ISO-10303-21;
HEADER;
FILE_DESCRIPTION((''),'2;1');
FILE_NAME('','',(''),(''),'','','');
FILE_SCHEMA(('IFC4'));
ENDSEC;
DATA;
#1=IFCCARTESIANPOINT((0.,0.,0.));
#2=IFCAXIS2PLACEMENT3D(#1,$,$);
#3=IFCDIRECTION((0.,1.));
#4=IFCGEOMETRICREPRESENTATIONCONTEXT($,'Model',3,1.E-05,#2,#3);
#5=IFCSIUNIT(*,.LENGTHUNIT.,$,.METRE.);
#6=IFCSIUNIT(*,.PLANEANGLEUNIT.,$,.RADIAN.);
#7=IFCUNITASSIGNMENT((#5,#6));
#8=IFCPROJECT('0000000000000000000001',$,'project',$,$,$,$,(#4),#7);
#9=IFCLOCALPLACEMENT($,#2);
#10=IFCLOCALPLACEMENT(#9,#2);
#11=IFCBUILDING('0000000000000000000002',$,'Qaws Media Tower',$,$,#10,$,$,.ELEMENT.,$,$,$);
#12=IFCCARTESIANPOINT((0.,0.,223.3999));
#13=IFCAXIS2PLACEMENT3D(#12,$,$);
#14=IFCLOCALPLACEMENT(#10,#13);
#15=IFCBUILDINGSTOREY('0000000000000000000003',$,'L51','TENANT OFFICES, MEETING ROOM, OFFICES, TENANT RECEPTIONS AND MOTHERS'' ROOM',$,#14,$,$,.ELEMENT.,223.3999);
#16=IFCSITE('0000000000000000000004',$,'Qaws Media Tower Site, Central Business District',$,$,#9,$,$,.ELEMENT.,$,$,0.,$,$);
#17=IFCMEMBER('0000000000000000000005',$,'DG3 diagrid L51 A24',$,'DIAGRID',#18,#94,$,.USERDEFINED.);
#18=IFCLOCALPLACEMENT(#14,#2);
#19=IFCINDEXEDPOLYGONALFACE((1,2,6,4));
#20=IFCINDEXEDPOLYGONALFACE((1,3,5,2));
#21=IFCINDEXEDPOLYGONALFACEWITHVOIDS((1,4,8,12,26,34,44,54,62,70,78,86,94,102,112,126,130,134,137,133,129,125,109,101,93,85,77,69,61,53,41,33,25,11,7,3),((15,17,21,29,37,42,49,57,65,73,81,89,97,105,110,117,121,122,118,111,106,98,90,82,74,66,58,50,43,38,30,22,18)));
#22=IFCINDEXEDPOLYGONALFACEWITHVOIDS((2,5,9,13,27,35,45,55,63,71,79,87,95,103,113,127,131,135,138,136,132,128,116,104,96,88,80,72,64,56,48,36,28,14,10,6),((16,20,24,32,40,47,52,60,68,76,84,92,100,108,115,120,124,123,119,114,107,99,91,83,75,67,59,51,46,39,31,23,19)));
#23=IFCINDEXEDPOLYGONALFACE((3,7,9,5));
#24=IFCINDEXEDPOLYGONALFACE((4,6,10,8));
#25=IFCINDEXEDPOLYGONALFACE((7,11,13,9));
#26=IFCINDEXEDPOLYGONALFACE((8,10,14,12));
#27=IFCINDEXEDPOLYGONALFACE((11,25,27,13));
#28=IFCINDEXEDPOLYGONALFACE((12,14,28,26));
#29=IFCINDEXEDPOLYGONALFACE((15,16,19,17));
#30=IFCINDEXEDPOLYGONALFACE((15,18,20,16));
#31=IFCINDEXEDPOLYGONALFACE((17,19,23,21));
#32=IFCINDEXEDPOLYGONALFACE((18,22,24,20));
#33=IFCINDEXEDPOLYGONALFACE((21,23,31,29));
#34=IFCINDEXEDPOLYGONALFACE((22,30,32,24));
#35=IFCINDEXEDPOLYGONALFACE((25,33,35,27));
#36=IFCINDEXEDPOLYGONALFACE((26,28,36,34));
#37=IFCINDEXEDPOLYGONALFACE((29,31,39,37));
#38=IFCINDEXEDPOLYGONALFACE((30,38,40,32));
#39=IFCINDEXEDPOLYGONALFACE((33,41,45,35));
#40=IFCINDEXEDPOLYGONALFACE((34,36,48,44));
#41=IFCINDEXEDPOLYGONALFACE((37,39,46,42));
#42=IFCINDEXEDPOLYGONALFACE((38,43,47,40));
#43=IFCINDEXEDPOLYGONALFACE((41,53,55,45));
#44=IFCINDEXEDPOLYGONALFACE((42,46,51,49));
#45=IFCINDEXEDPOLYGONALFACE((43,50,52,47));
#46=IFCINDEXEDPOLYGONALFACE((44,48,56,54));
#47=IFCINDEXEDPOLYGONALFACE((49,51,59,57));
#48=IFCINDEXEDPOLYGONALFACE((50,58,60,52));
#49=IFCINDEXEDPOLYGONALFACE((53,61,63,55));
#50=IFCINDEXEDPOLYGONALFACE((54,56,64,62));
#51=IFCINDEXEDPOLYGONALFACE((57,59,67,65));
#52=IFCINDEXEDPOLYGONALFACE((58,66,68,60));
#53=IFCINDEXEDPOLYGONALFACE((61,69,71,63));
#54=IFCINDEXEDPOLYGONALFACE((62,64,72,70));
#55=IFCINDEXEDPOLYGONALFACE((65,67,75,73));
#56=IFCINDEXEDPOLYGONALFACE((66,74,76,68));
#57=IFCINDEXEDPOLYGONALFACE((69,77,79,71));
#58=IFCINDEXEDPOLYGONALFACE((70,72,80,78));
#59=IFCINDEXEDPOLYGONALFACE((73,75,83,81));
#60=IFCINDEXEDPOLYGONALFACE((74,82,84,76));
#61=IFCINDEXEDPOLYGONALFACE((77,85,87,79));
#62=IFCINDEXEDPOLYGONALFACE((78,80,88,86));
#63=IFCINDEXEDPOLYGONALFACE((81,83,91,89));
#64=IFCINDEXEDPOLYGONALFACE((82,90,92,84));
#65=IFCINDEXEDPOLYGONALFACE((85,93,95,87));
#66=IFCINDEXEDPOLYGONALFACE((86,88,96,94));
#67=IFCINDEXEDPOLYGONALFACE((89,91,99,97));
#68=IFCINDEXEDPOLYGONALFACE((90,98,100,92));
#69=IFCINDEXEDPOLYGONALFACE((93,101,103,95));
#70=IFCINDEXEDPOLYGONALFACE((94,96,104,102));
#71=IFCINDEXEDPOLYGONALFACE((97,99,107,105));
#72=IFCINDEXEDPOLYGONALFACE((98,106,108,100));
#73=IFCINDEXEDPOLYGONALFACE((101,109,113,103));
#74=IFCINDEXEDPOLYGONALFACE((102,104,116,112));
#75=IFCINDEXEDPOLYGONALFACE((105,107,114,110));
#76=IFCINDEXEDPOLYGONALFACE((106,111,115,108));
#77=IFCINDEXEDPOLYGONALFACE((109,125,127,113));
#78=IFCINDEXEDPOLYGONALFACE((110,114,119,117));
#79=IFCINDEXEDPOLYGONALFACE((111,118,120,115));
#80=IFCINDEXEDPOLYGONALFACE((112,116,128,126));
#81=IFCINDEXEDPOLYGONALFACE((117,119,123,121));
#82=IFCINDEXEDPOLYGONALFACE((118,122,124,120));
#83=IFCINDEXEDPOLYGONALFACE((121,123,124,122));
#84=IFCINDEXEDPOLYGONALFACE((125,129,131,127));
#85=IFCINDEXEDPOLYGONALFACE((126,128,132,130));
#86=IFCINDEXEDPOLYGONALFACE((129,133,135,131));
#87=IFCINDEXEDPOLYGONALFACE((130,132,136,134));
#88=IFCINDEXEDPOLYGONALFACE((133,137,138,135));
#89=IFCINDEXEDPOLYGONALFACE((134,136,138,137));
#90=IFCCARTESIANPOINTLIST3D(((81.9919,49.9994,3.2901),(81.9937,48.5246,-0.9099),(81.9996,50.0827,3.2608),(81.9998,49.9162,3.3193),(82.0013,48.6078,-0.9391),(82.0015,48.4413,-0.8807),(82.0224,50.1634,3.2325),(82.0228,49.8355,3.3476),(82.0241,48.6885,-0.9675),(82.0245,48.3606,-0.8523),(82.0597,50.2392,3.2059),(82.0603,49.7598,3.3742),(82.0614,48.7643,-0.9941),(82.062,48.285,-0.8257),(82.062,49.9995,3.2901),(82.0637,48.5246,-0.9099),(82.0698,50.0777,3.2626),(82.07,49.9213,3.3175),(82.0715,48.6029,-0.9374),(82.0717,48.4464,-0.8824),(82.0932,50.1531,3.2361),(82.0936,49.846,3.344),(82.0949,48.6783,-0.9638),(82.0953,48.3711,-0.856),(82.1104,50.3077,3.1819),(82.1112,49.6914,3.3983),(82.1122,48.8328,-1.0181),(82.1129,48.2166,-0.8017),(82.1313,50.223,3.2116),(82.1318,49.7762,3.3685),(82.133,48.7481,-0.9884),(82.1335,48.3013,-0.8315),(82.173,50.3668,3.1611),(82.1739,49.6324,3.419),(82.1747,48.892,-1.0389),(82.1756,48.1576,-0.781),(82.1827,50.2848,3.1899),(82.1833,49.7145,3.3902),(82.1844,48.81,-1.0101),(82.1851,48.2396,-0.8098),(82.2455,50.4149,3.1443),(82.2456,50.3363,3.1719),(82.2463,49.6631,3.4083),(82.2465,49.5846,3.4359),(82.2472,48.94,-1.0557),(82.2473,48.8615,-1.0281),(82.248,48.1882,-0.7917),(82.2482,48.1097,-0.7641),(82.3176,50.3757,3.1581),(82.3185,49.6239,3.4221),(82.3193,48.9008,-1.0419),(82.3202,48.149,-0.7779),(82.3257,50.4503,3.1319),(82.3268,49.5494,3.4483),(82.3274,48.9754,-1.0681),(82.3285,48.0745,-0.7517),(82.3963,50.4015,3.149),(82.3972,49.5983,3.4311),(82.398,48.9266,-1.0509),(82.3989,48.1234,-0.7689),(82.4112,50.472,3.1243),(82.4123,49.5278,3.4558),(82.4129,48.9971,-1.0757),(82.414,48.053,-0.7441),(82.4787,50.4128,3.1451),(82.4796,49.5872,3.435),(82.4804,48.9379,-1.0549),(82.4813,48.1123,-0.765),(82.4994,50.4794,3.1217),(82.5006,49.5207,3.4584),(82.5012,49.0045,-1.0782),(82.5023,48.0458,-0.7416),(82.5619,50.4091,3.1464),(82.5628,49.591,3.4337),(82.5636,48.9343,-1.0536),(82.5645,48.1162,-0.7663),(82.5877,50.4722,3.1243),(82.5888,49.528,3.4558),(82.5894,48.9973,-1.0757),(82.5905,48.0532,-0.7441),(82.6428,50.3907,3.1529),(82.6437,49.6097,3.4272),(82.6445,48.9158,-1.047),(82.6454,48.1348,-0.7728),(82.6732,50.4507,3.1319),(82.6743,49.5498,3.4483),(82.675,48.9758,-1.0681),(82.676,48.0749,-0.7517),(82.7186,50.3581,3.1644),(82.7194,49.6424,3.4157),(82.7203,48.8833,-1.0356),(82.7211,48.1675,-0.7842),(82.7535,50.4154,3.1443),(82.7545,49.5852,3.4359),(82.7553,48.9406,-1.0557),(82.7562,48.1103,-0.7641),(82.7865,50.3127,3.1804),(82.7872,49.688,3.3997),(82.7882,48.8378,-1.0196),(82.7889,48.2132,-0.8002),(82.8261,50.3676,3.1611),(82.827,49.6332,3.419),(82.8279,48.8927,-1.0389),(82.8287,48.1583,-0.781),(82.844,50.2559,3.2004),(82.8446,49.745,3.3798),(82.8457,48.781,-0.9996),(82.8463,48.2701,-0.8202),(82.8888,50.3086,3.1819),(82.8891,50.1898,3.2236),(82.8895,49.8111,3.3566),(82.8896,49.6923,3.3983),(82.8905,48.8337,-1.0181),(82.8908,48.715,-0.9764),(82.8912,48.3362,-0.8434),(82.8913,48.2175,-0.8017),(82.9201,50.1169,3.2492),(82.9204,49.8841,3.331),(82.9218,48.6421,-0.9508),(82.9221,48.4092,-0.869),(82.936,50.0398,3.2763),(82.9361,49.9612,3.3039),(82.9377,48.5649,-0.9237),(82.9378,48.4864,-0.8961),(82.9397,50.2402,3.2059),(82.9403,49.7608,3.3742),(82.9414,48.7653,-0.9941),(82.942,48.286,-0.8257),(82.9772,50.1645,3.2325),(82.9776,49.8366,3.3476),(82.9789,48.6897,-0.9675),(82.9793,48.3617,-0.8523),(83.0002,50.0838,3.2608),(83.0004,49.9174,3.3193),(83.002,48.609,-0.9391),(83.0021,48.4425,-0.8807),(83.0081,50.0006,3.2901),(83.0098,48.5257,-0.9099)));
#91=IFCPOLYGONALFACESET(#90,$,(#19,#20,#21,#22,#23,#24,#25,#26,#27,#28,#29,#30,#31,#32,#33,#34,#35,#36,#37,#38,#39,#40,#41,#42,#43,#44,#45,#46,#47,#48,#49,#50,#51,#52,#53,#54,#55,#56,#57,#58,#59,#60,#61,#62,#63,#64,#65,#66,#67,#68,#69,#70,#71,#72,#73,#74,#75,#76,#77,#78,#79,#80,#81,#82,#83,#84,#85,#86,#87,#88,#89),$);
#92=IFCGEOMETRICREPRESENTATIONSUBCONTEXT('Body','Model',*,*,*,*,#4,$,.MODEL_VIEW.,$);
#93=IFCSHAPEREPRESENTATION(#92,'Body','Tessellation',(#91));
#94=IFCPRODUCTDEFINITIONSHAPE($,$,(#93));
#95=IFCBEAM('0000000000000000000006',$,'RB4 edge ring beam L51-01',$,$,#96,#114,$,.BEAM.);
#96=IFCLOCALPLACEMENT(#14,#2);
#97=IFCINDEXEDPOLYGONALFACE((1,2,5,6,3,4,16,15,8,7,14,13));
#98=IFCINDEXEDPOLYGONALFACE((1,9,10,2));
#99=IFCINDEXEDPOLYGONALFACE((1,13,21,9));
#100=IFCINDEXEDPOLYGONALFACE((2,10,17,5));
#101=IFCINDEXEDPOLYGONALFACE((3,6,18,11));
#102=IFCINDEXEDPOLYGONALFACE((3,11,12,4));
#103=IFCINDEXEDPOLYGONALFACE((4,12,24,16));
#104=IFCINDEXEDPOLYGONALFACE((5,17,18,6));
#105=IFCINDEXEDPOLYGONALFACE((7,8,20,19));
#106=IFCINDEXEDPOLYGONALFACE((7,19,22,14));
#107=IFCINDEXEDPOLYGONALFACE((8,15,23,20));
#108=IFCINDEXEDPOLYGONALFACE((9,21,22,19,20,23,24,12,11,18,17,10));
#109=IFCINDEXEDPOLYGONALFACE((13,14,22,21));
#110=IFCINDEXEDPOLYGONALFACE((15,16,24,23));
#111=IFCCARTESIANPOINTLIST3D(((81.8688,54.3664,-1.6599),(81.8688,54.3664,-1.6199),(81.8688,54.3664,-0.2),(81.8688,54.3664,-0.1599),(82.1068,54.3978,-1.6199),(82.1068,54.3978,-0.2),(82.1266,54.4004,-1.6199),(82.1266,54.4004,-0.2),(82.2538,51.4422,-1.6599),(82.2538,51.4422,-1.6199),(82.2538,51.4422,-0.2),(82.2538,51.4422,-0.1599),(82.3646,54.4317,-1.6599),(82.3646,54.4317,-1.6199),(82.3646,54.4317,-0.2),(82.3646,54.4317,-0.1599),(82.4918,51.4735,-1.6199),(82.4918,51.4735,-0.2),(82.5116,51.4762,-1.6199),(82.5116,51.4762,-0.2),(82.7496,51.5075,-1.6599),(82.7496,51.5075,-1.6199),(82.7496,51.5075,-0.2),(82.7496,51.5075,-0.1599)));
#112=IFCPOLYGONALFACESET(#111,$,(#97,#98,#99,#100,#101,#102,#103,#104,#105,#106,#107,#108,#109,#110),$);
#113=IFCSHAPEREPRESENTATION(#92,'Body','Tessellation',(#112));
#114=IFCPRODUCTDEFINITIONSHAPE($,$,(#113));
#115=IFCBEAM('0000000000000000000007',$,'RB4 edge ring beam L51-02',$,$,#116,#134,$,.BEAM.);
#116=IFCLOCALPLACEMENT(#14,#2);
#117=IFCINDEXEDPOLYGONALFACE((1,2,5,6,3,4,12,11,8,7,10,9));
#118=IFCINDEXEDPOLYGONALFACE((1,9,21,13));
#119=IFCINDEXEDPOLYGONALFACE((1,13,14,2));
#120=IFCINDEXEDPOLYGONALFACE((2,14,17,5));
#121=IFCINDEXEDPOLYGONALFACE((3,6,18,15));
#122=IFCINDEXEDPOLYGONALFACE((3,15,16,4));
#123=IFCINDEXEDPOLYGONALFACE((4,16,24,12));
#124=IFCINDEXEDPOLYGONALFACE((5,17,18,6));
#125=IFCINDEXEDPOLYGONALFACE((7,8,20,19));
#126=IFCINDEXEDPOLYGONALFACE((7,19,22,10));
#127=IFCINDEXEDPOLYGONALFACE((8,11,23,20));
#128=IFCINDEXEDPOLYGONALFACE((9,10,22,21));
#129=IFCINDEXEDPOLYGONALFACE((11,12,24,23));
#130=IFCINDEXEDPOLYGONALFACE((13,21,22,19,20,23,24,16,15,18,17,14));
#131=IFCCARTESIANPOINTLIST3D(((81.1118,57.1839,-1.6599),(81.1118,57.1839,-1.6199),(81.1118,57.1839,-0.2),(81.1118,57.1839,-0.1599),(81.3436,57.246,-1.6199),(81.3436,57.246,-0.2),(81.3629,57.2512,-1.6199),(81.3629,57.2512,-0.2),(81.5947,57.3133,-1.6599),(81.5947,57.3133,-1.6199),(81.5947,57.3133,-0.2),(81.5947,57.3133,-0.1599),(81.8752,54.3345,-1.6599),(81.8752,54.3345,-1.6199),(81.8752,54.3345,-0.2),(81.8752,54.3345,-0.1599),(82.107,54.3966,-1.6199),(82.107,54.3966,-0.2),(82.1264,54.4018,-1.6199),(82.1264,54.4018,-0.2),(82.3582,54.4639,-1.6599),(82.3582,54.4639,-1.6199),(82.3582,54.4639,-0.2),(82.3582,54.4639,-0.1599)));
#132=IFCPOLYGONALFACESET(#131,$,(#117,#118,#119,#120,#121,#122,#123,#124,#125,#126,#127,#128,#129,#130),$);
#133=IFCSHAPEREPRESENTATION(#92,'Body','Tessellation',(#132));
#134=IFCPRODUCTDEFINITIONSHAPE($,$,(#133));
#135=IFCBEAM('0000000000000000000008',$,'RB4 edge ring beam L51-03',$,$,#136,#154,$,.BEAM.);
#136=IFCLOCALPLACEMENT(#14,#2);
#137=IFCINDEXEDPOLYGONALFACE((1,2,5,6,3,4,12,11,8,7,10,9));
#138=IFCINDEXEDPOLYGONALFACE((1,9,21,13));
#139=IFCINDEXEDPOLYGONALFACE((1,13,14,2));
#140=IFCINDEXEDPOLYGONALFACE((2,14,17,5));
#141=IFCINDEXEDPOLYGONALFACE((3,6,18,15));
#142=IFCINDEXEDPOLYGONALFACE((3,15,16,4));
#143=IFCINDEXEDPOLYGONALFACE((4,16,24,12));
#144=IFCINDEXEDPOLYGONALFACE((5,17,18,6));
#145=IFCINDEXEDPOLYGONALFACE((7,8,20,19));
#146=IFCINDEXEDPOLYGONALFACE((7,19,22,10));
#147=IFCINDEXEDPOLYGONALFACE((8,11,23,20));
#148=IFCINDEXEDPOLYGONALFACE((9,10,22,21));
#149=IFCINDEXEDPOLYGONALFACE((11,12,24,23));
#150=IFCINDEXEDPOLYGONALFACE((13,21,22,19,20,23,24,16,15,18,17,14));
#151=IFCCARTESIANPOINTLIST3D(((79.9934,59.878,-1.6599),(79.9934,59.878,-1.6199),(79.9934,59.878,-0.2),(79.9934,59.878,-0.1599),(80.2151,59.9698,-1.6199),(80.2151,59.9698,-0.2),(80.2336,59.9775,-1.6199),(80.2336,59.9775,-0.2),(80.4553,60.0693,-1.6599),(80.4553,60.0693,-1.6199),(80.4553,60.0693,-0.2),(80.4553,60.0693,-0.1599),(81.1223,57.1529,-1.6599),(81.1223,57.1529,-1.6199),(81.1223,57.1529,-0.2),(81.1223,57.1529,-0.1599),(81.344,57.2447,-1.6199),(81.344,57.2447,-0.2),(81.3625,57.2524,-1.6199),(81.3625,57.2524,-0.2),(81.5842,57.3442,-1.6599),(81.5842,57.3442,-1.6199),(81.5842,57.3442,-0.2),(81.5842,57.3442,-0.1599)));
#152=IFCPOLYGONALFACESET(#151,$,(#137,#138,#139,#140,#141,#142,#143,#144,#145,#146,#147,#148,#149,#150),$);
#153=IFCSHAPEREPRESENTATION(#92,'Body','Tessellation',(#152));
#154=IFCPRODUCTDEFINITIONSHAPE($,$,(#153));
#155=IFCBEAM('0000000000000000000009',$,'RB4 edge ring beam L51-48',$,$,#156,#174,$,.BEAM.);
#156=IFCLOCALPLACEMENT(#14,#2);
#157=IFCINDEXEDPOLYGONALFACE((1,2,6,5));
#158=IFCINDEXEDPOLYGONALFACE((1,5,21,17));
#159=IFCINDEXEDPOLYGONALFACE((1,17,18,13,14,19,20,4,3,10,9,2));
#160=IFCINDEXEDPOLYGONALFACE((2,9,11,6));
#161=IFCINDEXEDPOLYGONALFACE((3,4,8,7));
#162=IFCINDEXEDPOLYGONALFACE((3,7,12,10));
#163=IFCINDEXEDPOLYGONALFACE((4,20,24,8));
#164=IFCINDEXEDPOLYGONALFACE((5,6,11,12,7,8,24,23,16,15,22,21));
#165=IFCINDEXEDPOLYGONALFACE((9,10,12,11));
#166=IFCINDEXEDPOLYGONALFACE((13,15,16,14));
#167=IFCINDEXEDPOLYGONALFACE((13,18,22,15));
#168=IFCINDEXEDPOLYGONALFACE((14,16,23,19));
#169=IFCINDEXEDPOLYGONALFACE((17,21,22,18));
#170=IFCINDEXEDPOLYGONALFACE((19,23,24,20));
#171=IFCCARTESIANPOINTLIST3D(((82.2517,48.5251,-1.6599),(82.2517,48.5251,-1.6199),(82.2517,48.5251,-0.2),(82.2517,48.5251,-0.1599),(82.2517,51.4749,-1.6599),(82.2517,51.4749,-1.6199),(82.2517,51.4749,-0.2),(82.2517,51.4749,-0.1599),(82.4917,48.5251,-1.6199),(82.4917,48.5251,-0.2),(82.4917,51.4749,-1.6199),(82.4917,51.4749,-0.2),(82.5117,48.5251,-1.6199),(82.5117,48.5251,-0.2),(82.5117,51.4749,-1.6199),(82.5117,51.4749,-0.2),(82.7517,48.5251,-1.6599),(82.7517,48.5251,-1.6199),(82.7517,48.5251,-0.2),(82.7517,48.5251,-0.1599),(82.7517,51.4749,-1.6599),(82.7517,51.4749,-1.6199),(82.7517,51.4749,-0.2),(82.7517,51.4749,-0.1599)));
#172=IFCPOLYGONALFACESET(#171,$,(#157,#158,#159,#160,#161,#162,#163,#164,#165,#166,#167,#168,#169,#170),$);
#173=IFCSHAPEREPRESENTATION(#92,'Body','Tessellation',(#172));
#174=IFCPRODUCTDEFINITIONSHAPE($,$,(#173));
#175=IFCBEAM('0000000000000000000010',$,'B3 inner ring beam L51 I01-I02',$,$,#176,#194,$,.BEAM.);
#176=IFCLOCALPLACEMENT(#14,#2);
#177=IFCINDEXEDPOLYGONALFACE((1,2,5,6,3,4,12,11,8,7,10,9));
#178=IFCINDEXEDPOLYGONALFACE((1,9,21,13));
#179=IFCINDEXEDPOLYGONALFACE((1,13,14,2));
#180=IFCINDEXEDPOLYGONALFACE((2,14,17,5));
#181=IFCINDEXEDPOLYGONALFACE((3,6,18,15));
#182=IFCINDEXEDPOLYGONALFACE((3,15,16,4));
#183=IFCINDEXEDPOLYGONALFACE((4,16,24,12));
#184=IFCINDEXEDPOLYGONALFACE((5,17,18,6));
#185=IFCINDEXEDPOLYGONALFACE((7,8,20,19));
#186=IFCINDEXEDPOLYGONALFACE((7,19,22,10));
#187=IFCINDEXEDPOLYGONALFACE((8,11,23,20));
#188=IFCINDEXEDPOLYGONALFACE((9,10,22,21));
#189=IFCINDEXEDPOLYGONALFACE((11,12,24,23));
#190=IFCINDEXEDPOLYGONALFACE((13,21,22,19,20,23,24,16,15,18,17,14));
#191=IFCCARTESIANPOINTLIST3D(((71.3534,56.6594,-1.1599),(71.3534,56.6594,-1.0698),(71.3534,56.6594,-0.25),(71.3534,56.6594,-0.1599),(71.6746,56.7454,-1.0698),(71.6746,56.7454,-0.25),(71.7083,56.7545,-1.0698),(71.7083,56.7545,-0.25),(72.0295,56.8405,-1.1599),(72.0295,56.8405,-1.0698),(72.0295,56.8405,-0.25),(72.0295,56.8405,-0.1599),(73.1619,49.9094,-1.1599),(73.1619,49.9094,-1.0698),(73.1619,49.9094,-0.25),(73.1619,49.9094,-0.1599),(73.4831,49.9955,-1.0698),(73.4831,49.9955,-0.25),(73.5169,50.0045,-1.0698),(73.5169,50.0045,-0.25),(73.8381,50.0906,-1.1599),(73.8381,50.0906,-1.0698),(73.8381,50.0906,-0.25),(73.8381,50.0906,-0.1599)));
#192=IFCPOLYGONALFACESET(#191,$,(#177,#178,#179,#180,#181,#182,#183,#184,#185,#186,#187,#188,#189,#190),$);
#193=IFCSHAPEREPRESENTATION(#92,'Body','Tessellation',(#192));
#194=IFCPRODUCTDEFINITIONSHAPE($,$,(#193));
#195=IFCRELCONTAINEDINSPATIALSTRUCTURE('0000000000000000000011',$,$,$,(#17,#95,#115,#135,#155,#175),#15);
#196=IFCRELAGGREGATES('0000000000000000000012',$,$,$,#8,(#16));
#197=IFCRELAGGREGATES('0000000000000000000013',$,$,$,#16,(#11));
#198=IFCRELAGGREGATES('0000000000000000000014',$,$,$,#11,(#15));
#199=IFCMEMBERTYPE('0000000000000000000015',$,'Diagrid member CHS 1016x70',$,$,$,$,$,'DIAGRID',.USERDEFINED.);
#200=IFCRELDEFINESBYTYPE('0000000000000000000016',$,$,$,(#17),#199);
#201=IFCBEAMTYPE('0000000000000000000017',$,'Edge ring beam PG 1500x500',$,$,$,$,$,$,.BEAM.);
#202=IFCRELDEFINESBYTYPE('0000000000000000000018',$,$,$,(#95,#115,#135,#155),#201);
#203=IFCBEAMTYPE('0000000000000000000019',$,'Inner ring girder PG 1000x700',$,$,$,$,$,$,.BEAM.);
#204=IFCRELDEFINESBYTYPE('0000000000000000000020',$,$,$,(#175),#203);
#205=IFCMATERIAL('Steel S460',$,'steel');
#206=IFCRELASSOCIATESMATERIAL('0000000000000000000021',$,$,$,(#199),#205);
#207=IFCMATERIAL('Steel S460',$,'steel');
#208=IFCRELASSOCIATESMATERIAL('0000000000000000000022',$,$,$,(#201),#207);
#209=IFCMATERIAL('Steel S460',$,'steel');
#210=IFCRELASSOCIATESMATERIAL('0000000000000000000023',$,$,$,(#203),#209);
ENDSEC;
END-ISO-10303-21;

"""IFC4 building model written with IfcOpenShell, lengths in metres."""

from ifc_helpers import new_model, si_unit, direction, frame, origin, origin_2d, place, context, subcontext, project, spatial, hollow_circle, i_section, extrude, material, material_profile, profile_set, type_object, element, save


model = new_model("IFC4")

# Units and contexts
model_context = context("Model", 3, precision=1e-05, world=origin(), true_north=direction((0.0, 1.0)))
body_context = subcontext(model_context, "Body", "Model", "MODEL_VIEW")
ifc_project = project(units=[si_unit("LENGTHUNIT", "METRE"), si_unit("PLANEANGLEUNIT", "RADIAN")], contexts=[model_context])

# Site, building, storey
site_placement = place(None, origin())
site = spatial("IfcSite", under=ifc_project, at=site_placement, Name="Qaws Media Tower Site, Central Business District", CompositionType="ELEMENT", RefElevation=0.0)
building_placement = place(site_placement, origin())
building = spatial("IfcBuilding", under=site, at=building_placement, Name="Qaws Media Tower", CompositionType="ELEMENT")
storey_placement = place(building_placement, frame((0.0, 0.0, 223.3999)))
storey = spatial("IfcBuildingStorey", under=building, at=storey_placement, Name="L51", Description="TENANT OFFICES, MEETING ROOM, OFFICES, TENANT RECEPTIONS AND MOTHERS' ROOM", CompositionType="ELEMENT", Elevation=223.3999)

# Member
ifc_material_1 = material(Name="Steel S460", Category="steel")
ifc_material_profile_1 = material_profile(ifc_material_1, hollow_circle(Radius=0.5081, WallThickness=0.0701, at=origin_2d()), Name="CHS 1016x70")
ifc_profile_set_1 = profile_set([ifc_material_profile_1], Name="Steel S460")
member_type_1 = type_object("IfcMemberType", Name="Diagrid member CHS 1016x70", ElementType="DIAGRID", PredefinedType="USERDEFINED", material=ifc_profile_set_1)
for number, where, z_axis, x_axis, name in (
    (1, (82.5017, 48.5251, -0.9099), (-0.000384, 0.331325, 0.943517), (-0.999999, -0.001159, 0.0), "DG3 diagrid L51 A24"),
):
    element("IfcMember", number, at=place(storey_placement, frame(where, z_axis=z_axis, x_axis=x_axis)), inside=storey, type_object=member_type_1, Name=name, ObjectType="DIAGRID", PredefinedType="USERDEFINED", context=body_context, shape_type="SweptSolid", body=[
        extrude(hollow_circle(Radius=0.5081, WallThickness=0.0701, at=origin_2d()), origin(), (0.0, 0.0, 1.0), 4.4514),
    ])

# Beams
ifc_material_2 = material(Name="Steel S460", Category="steel")
ifc_material_profile_2 = material_profile(ifc_material_2, i_section(OverallWidth=0.5, OverallDepth=1.5, WebThickness=0.02, FlangeThickness=0.04, at=origin_2d()), Name="PG 1500x500")
ifc_profile_set_2 = profile_set([ifc_material_profile_2], Name="Steel S460")
beam_type_1 = type_object("IfcBeamType", Name="Edge ring beam PG 1500x500", PredefinedType="BEAM", material=ifc_profile_set_2)
beam_1_placement = place(storey_placement, frame((82.5017, 51.4749, -0.9099), z_axis=(-0.130532, 0.991444, 0.0), x_axis=(-0.991444, -0.130532, 0.0)))
element("IfcBeam", 2, at=beam_1_placement, inside=storey, type_object=beam_type_1, Name="RB4 edge ring beam L51-01", PredefinedType="BEAM", context=body_context, shape_type="SweptSolid", body=[
    extrude(i_section(OverallWidth=0.5, OverallDepth=1.5, WebThickness=0.02, FlangeThickness=0.04, at=origin_2d()), origin(), (0.0, 0.0, 1.0), 2.9495),
])
beam_2_placement = place(storey_placement, frame((82.1167, 54.3992, -0.9099), z_axis=(-0.258801, 0.965931, 0.0), x_axis=(-0.965931, -0.258801, 0.0)))
element("IfcBeam", 3, at=beam_2_placement, inside=storey, type_object=beam_type_1, Name="RB4 edge ring beam L51-02", PredefinedType="BEAM", context=body_context, shape_type="SweptSolid", body=[
    extrude(i_section(OverallWidth=0.5, OverallDepth=1.5, WebThickness=0.02, FlangeThickness=0.04, at=origin_2d()), origin(), (0.0, 0.0, 1.0), 2.95),
])
for number, where, z_axis, x_axis, name in (
    (4, (81.3533, 57.2485, -0.9099), (-0.382722, 0.923863, 0.0), (-0.923863, -0.382722, 0.0), "RB4 edge ring beam L51-03"),
    (5, (82.5017, 48.5251, -0.9099), (0.0, 1.0, 0.0), (-1.0, 0.0, 0.0), "RB4 edge ring beam L51-48"),
):
    element("IfcBeam", number, at=place(storey_placement, frame(where, z_axis=z_axis, x_axis=x_axis)), inside=storey, type_object=beam_type_1, Name=name, PredefinedType="BEAM", context=body_context, shape_type="SweptSolid", body=[
        extrude(i_section(OverallWidth=0.5, OverallDepth=1.5, WebThickness=0.02, FlangeThickness=0.04, at=origin_2d()), origin(), (0.0, 0.0, 1.0), 2.9497),
    ])
ifc_material_3 = material(Name="Steel S460", Category="steel")
ifc_material_profile_3 = material_profile(ifc_material_3, i_section(OverallWidth=0.7, OverallDepth=1.0, WebThickness=0.0349, FlangeThickness=0.0901, at=origin_2d()), Name="PG 1000x700")
ifc_profile_set_3 = profile_set([ifc_material_profile_3], Name="Steel S460")
beam_type_2 = type_object("IfcBeamType", Name="Inner ring girder PG 1000x700", PredefinedType="BEAM", material=ifc_profile_set_3)
beam_3_placement = place(storey_placement, frame((73.5, 50.0, -0.6599), z_axis=(-0.258811, 0.965928, 0.0), x_axis=(-0.965928, -0.258811, 0.0)))
element("IfcBeam", 6, at=beam_3_placement, inside=storey, type_object=beam_type_2, Name="B3 inner ring beam L51 I01-I02", PredefinedType="BEAM", context=body_context, shape_type="SweptSolid", body=[
    extrude(i_section(OverallWidth=0.7, OverallDepth=1.0, WebThickness=0.0349, FlangeThickness=0.0901, at=origin_2d()), origin(), (0.0, 0.0, 1.0), 6.988),
])

save(model, "model.ifc")
